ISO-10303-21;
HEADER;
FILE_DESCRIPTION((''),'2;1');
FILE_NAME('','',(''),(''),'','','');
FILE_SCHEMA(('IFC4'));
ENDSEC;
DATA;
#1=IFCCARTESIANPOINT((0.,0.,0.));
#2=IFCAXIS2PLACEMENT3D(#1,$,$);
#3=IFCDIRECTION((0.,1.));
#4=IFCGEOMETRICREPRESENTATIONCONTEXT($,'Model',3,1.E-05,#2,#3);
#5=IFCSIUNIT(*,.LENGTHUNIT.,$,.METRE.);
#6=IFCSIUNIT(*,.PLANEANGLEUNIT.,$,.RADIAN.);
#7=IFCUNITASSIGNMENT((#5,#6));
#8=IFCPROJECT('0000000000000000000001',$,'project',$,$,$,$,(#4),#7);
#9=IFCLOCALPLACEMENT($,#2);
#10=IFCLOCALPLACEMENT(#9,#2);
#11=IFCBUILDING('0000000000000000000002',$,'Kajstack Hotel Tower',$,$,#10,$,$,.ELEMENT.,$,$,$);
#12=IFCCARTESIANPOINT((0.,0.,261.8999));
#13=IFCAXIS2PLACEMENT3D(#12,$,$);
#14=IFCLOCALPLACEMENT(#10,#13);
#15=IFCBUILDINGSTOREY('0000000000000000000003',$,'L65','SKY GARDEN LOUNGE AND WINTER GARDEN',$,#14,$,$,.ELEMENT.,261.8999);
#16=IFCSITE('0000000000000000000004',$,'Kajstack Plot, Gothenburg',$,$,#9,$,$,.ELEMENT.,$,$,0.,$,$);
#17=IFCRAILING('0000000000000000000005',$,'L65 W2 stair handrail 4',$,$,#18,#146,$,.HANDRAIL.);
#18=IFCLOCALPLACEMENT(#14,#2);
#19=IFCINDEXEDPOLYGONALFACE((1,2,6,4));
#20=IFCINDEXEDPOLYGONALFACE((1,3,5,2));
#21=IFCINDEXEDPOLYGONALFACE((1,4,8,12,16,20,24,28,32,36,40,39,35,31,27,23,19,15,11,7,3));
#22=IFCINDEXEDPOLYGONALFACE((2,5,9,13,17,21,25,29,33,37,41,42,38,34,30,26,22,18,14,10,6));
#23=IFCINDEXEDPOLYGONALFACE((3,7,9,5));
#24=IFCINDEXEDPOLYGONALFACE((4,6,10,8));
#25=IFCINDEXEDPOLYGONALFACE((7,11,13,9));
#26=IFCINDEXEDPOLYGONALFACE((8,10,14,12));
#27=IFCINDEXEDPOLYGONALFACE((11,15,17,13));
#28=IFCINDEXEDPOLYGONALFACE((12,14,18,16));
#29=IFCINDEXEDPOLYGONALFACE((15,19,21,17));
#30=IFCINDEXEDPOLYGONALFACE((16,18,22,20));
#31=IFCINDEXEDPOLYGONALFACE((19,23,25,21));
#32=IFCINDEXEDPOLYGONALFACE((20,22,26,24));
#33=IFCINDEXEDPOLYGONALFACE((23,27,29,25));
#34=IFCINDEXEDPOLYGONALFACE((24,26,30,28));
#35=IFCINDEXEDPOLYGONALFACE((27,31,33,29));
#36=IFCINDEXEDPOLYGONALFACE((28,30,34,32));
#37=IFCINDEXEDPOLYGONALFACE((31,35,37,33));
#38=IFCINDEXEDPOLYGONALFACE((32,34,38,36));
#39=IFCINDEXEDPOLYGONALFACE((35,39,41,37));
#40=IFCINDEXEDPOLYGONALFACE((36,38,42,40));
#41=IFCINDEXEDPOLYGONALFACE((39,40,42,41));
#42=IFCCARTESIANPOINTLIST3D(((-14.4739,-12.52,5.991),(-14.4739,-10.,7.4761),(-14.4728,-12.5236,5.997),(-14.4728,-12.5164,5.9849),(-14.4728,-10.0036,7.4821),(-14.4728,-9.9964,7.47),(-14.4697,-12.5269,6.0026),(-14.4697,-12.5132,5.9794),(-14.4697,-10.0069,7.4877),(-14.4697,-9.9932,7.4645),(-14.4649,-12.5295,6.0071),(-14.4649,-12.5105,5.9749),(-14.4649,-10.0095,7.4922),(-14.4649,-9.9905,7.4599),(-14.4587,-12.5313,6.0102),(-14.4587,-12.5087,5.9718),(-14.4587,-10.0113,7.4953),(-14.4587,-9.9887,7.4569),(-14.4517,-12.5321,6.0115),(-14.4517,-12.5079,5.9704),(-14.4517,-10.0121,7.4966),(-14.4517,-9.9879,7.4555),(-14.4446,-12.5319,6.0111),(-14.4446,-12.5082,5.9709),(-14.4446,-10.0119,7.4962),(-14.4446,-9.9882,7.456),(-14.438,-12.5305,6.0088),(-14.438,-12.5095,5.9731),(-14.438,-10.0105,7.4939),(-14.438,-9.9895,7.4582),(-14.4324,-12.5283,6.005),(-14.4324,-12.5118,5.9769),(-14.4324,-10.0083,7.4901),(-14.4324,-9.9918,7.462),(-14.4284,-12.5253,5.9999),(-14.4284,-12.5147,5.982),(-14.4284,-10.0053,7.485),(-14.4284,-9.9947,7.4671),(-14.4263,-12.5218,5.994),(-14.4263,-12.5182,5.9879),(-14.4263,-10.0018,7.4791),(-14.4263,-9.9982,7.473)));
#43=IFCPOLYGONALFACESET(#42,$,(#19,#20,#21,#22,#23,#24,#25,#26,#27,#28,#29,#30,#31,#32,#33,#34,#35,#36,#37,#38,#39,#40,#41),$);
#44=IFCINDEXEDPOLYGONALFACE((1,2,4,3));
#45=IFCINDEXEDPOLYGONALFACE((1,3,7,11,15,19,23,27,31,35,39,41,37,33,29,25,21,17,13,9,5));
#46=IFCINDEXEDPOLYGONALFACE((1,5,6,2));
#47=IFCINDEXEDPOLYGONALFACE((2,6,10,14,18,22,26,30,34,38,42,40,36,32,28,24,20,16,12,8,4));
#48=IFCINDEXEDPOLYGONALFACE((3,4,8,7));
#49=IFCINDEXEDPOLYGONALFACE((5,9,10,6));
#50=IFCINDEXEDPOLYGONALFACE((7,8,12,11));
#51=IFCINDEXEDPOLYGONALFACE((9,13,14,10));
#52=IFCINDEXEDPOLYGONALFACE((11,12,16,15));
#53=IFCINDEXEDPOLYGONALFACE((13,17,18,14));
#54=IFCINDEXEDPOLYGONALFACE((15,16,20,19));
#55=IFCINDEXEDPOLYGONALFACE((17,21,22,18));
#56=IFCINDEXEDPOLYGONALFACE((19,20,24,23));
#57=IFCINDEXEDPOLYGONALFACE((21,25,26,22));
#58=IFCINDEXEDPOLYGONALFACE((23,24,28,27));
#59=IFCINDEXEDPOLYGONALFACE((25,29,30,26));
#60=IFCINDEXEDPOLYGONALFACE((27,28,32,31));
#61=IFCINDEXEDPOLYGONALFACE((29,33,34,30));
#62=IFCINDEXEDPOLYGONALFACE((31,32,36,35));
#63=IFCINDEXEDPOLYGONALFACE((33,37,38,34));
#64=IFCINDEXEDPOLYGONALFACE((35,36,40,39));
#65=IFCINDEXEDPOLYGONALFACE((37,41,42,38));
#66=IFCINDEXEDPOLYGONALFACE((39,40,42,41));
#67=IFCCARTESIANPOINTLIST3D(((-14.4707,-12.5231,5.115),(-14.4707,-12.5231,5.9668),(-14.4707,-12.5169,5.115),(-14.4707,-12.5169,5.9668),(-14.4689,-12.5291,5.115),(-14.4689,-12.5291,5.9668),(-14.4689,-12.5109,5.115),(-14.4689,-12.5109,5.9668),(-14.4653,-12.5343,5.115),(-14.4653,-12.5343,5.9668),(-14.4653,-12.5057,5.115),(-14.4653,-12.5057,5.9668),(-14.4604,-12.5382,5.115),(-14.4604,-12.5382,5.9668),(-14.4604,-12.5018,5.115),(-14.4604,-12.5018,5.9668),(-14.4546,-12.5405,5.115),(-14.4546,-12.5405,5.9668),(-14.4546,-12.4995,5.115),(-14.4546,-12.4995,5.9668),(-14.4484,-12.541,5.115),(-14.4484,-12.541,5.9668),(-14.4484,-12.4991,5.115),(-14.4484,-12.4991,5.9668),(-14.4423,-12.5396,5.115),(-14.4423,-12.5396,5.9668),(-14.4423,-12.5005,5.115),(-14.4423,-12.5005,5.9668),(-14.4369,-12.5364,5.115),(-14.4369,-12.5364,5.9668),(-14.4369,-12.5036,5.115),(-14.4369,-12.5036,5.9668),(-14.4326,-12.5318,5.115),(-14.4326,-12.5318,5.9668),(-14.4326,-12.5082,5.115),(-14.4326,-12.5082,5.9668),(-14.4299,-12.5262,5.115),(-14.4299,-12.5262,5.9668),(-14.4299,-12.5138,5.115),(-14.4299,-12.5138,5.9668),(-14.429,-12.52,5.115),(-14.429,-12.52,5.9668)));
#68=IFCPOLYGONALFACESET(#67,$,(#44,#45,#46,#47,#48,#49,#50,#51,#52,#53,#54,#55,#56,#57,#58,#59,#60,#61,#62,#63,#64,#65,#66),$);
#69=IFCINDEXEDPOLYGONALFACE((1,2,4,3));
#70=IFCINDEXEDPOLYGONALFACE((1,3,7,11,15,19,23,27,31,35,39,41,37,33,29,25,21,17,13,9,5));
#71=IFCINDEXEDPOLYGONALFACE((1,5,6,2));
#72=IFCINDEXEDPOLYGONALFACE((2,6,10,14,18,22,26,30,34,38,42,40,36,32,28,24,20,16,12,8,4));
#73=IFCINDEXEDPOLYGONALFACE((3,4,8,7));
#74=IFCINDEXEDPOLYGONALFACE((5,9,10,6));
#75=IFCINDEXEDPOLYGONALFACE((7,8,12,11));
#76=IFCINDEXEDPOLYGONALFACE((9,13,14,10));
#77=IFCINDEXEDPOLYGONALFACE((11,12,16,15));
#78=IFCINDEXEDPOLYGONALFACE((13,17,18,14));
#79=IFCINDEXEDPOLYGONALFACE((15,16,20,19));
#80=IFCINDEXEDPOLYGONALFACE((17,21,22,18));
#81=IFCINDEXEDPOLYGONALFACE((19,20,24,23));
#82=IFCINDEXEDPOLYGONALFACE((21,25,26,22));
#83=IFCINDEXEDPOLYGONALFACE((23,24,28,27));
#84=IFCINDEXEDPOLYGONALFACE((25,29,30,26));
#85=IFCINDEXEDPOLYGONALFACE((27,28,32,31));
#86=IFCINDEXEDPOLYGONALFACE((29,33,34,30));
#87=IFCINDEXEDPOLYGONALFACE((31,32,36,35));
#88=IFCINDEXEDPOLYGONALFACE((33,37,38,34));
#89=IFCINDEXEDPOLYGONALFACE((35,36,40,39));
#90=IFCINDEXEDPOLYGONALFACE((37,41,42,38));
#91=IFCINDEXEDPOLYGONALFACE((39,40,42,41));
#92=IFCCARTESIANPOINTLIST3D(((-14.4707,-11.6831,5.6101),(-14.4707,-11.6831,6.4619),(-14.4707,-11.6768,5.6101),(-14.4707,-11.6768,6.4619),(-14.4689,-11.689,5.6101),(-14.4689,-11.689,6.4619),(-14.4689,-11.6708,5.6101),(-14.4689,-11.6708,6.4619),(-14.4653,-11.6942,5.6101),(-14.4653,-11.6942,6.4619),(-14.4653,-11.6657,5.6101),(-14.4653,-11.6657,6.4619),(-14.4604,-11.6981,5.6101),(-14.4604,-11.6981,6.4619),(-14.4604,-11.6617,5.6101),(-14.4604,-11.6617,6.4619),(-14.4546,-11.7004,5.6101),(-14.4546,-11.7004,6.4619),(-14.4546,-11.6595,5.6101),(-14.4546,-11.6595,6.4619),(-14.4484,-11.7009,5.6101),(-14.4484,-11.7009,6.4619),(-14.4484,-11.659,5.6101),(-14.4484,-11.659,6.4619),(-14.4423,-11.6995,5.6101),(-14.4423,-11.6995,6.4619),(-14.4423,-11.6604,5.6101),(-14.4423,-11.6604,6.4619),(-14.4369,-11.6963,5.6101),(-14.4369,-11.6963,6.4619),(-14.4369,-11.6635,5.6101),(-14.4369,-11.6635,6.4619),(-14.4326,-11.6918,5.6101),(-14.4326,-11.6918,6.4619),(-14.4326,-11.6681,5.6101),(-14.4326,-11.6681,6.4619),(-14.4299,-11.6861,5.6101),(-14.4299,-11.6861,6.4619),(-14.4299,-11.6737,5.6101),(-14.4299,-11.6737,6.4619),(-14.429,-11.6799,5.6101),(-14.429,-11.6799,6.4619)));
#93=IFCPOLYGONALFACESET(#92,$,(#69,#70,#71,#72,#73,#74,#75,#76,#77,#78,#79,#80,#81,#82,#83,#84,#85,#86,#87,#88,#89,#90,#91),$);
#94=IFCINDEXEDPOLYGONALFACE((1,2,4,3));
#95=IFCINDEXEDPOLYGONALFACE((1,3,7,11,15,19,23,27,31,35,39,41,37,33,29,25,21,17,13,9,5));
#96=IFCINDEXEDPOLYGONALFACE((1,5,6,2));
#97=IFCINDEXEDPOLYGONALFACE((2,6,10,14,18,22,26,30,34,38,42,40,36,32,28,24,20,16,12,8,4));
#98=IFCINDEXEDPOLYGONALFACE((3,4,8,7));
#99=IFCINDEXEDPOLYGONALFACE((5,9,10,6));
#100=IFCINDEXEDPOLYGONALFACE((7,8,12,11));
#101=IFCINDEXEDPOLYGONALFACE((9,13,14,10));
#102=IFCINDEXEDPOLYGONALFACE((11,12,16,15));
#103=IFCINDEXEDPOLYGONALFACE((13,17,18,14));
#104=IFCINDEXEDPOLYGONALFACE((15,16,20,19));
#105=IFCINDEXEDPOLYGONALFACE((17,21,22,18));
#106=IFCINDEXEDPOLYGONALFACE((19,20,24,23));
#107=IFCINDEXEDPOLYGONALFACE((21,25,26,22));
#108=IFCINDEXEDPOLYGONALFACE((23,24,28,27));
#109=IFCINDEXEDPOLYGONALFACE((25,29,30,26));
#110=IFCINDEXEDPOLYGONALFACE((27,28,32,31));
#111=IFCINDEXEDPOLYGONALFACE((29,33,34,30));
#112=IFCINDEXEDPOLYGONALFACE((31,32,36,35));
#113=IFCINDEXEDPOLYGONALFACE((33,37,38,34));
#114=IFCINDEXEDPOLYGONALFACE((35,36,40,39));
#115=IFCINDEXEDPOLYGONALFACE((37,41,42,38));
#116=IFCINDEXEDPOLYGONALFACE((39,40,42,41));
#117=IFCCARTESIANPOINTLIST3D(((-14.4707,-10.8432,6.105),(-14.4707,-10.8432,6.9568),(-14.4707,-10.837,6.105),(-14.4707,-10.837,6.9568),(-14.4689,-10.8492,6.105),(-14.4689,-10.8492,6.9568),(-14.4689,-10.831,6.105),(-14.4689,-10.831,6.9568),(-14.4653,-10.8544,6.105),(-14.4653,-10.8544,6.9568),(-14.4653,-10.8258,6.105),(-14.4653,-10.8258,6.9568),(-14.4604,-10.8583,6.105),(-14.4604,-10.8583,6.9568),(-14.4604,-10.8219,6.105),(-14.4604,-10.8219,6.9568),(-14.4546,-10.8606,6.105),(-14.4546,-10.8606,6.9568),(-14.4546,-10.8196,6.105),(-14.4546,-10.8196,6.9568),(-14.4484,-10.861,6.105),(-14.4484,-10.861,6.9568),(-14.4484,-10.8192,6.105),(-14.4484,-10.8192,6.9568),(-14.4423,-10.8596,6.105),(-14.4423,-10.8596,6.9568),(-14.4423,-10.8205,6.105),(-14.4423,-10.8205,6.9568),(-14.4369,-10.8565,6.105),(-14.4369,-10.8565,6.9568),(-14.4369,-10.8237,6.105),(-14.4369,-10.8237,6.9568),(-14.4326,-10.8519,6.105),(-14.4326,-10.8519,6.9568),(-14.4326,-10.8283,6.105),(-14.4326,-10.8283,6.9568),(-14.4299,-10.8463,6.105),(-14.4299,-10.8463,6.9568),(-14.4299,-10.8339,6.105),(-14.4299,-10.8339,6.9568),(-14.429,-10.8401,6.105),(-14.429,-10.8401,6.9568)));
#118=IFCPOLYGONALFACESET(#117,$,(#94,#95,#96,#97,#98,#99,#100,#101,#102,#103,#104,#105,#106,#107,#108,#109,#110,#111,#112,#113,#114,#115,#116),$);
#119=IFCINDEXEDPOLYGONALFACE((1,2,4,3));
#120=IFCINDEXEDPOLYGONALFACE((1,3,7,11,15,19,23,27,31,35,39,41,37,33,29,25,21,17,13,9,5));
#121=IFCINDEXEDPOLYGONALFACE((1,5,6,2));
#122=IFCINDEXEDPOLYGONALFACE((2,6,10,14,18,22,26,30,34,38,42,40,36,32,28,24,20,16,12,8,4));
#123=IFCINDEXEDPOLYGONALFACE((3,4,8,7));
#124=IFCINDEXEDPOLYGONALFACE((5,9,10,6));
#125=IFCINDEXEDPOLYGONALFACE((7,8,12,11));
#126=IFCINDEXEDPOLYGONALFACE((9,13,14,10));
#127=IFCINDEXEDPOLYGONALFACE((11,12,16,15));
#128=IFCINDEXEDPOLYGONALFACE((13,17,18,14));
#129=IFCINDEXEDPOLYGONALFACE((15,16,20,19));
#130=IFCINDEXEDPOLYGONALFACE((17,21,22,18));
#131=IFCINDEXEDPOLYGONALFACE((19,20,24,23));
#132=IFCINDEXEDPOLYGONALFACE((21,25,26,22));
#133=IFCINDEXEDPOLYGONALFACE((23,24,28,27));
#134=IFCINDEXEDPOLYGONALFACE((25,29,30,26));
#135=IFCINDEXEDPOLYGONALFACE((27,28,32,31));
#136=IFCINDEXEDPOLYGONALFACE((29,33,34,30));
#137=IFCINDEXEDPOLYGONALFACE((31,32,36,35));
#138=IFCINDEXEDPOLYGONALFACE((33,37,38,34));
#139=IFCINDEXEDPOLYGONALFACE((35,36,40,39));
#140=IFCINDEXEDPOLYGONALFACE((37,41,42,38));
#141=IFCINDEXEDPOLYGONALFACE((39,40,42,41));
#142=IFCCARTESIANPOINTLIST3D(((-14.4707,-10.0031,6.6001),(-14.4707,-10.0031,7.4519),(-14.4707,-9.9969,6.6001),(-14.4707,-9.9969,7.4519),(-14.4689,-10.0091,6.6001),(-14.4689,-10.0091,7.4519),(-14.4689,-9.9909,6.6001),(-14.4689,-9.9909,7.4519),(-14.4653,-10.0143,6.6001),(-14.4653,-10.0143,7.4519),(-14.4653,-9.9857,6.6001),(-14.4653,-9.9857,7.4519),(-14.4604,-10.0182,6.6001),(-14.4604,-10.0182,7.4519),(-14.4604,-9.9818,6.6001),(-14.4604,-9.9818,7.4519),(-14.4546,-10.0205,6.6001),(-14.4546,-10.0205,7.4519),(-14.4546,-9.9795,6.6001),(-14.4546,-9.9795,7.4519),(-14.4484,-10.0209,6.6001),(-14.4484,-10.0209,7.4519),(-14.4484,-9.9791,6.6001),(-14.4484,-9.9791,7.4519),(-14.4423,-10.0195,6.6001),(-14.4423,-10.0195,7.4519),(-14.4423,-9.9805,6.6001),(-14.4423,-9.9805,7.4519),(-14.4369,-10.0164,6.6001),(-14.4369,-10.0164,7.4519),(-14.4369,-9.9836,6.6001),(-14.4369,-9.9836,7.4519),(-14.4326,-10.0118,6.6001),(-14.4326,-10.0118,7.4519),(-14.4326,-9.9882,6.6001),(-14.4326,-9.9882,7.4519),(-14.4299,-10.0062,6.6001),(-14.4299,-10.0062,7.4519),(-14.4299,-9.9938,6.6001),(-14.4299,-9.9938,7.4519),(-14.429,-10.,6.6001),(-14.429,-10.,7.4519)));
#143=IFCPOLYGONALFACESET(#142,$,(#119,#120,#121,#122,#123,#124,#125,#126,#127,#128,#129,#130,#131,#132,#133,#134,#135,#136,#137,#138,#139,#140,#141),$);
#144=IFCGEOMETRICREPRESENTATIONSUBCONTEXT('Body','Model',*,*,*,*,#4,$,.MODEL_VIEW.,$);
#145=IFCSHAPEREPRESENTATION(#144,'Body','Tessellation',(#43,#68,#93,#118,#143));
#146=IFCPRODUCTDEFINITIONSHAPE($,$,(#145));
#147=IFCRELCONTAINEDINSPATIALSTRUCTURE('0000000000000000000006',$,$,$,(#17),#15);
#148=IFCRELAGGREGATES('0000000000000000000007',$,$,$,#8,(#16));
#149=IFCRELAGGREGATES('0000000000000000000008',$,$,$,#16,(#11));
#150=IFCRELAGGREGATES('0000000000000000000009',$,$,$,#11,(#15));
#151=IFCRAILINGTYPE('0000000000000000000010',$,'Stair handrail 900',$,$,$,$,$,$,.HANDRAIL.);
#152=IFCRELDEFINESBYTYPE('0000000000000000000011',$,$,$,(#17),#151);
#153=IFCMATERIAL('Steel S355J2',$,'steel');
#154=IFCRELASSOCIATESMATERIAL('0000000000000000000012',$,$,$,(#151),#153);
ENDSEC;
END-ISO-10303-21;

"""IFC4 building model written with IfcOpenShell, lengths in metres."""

from ifc_helpers import new_model, si_unit, direction, frame, origin, origin_2d, place, context, subcontext, project, spatial, circle, extrude, material, type_object, element, save


model = new_model("IFC4")

# Units and contexts
model_context = context("Model", 3, precision=1e-05, world=origin(), true_north=direction((0.0, 1.0)))
body_context = subcontext(model_context, "Body", "Model", "MODEL_VIEW")
ifc_project = project(units=[si_unit("LENGTHUNIT", "METRE"), si_unit("PLANEANGLEUNIT", "RADIAN")], contexts=[model_context])

# Site, building, storey
site_placement = place(None, origin())
site = spatial("IfcSite", under=ifc_project, at=site_placement, Name="Kajstack Plot, Gothenburg", CompositionType="ELEMENT", RefElevation=0.0)
building_placement = place(site_placement, origin())
building = spatial("IfcBuilding", under=site, at=building_placement, Name="Kajstack Hotel Tower", CompositionType="ELEMENT")
storey_placement = place(building_placement, frame((0.0, 0.0, 261.8999)))
storey = spatial("IfcBuildingStorey", under=building, at=storey_placement, Name="L65", Description="SKY GARDEN LOUNGE AND WINTER GARDEN", CompositionType="ELEMENT", Elevation=261.8999)

# Railing
ifc_material_1 = material(Name="Steel S355J2", Category="steel")
railing_type = type_object("IfcRailingType", Name="Stair handrail 900", PredefinedType="HANDRAIL", material=ifc_material_1)
railing_placement = place(storey_placement, frame((-14.45, -12.52, 5.115)))
element("IfcRailing", 1, at=railing_placement, inside=storey, type_object=railing_type, Name="L65 W2 stair handrail 4", PredefinedType="HANDRAIL", context=body_context, shape_type="SweptSolid", body=[
    extrude(circle(Radius=0.0239, at=origin_2d()), frame((0.0, 0.0, 0.876), z_axis=(0.0, 0.861524, 0.507717), x_axis=(-1.0, 0.0, 0.0)), (0.0, 0.0, 1.0), 2.925),
    extrude(circle(Radius=0.021, at=origin_2d()), origin(), (0.0, 0.0, 1.0), 0.8518),
    extrude(circle(Radius=0.021, at=origin_2d()), frame((0.0, 0.8401, 0.4951)), (0.0, 0.0, 1.0), 0.8518),
    extrude(circle(Radius=0.021, at=origin_2d()), frame((0.0, 1.6799, 0.99)), (0.0, 0.0, 1.0), 0.8518),
    extrude(circle(Radius=0.021, at=origin_2d()), frame((0.0, 2.52, 1.4851)), (0.0, 0.0, 1.0), 0.8518),
])

save(model, "model.ifc")
